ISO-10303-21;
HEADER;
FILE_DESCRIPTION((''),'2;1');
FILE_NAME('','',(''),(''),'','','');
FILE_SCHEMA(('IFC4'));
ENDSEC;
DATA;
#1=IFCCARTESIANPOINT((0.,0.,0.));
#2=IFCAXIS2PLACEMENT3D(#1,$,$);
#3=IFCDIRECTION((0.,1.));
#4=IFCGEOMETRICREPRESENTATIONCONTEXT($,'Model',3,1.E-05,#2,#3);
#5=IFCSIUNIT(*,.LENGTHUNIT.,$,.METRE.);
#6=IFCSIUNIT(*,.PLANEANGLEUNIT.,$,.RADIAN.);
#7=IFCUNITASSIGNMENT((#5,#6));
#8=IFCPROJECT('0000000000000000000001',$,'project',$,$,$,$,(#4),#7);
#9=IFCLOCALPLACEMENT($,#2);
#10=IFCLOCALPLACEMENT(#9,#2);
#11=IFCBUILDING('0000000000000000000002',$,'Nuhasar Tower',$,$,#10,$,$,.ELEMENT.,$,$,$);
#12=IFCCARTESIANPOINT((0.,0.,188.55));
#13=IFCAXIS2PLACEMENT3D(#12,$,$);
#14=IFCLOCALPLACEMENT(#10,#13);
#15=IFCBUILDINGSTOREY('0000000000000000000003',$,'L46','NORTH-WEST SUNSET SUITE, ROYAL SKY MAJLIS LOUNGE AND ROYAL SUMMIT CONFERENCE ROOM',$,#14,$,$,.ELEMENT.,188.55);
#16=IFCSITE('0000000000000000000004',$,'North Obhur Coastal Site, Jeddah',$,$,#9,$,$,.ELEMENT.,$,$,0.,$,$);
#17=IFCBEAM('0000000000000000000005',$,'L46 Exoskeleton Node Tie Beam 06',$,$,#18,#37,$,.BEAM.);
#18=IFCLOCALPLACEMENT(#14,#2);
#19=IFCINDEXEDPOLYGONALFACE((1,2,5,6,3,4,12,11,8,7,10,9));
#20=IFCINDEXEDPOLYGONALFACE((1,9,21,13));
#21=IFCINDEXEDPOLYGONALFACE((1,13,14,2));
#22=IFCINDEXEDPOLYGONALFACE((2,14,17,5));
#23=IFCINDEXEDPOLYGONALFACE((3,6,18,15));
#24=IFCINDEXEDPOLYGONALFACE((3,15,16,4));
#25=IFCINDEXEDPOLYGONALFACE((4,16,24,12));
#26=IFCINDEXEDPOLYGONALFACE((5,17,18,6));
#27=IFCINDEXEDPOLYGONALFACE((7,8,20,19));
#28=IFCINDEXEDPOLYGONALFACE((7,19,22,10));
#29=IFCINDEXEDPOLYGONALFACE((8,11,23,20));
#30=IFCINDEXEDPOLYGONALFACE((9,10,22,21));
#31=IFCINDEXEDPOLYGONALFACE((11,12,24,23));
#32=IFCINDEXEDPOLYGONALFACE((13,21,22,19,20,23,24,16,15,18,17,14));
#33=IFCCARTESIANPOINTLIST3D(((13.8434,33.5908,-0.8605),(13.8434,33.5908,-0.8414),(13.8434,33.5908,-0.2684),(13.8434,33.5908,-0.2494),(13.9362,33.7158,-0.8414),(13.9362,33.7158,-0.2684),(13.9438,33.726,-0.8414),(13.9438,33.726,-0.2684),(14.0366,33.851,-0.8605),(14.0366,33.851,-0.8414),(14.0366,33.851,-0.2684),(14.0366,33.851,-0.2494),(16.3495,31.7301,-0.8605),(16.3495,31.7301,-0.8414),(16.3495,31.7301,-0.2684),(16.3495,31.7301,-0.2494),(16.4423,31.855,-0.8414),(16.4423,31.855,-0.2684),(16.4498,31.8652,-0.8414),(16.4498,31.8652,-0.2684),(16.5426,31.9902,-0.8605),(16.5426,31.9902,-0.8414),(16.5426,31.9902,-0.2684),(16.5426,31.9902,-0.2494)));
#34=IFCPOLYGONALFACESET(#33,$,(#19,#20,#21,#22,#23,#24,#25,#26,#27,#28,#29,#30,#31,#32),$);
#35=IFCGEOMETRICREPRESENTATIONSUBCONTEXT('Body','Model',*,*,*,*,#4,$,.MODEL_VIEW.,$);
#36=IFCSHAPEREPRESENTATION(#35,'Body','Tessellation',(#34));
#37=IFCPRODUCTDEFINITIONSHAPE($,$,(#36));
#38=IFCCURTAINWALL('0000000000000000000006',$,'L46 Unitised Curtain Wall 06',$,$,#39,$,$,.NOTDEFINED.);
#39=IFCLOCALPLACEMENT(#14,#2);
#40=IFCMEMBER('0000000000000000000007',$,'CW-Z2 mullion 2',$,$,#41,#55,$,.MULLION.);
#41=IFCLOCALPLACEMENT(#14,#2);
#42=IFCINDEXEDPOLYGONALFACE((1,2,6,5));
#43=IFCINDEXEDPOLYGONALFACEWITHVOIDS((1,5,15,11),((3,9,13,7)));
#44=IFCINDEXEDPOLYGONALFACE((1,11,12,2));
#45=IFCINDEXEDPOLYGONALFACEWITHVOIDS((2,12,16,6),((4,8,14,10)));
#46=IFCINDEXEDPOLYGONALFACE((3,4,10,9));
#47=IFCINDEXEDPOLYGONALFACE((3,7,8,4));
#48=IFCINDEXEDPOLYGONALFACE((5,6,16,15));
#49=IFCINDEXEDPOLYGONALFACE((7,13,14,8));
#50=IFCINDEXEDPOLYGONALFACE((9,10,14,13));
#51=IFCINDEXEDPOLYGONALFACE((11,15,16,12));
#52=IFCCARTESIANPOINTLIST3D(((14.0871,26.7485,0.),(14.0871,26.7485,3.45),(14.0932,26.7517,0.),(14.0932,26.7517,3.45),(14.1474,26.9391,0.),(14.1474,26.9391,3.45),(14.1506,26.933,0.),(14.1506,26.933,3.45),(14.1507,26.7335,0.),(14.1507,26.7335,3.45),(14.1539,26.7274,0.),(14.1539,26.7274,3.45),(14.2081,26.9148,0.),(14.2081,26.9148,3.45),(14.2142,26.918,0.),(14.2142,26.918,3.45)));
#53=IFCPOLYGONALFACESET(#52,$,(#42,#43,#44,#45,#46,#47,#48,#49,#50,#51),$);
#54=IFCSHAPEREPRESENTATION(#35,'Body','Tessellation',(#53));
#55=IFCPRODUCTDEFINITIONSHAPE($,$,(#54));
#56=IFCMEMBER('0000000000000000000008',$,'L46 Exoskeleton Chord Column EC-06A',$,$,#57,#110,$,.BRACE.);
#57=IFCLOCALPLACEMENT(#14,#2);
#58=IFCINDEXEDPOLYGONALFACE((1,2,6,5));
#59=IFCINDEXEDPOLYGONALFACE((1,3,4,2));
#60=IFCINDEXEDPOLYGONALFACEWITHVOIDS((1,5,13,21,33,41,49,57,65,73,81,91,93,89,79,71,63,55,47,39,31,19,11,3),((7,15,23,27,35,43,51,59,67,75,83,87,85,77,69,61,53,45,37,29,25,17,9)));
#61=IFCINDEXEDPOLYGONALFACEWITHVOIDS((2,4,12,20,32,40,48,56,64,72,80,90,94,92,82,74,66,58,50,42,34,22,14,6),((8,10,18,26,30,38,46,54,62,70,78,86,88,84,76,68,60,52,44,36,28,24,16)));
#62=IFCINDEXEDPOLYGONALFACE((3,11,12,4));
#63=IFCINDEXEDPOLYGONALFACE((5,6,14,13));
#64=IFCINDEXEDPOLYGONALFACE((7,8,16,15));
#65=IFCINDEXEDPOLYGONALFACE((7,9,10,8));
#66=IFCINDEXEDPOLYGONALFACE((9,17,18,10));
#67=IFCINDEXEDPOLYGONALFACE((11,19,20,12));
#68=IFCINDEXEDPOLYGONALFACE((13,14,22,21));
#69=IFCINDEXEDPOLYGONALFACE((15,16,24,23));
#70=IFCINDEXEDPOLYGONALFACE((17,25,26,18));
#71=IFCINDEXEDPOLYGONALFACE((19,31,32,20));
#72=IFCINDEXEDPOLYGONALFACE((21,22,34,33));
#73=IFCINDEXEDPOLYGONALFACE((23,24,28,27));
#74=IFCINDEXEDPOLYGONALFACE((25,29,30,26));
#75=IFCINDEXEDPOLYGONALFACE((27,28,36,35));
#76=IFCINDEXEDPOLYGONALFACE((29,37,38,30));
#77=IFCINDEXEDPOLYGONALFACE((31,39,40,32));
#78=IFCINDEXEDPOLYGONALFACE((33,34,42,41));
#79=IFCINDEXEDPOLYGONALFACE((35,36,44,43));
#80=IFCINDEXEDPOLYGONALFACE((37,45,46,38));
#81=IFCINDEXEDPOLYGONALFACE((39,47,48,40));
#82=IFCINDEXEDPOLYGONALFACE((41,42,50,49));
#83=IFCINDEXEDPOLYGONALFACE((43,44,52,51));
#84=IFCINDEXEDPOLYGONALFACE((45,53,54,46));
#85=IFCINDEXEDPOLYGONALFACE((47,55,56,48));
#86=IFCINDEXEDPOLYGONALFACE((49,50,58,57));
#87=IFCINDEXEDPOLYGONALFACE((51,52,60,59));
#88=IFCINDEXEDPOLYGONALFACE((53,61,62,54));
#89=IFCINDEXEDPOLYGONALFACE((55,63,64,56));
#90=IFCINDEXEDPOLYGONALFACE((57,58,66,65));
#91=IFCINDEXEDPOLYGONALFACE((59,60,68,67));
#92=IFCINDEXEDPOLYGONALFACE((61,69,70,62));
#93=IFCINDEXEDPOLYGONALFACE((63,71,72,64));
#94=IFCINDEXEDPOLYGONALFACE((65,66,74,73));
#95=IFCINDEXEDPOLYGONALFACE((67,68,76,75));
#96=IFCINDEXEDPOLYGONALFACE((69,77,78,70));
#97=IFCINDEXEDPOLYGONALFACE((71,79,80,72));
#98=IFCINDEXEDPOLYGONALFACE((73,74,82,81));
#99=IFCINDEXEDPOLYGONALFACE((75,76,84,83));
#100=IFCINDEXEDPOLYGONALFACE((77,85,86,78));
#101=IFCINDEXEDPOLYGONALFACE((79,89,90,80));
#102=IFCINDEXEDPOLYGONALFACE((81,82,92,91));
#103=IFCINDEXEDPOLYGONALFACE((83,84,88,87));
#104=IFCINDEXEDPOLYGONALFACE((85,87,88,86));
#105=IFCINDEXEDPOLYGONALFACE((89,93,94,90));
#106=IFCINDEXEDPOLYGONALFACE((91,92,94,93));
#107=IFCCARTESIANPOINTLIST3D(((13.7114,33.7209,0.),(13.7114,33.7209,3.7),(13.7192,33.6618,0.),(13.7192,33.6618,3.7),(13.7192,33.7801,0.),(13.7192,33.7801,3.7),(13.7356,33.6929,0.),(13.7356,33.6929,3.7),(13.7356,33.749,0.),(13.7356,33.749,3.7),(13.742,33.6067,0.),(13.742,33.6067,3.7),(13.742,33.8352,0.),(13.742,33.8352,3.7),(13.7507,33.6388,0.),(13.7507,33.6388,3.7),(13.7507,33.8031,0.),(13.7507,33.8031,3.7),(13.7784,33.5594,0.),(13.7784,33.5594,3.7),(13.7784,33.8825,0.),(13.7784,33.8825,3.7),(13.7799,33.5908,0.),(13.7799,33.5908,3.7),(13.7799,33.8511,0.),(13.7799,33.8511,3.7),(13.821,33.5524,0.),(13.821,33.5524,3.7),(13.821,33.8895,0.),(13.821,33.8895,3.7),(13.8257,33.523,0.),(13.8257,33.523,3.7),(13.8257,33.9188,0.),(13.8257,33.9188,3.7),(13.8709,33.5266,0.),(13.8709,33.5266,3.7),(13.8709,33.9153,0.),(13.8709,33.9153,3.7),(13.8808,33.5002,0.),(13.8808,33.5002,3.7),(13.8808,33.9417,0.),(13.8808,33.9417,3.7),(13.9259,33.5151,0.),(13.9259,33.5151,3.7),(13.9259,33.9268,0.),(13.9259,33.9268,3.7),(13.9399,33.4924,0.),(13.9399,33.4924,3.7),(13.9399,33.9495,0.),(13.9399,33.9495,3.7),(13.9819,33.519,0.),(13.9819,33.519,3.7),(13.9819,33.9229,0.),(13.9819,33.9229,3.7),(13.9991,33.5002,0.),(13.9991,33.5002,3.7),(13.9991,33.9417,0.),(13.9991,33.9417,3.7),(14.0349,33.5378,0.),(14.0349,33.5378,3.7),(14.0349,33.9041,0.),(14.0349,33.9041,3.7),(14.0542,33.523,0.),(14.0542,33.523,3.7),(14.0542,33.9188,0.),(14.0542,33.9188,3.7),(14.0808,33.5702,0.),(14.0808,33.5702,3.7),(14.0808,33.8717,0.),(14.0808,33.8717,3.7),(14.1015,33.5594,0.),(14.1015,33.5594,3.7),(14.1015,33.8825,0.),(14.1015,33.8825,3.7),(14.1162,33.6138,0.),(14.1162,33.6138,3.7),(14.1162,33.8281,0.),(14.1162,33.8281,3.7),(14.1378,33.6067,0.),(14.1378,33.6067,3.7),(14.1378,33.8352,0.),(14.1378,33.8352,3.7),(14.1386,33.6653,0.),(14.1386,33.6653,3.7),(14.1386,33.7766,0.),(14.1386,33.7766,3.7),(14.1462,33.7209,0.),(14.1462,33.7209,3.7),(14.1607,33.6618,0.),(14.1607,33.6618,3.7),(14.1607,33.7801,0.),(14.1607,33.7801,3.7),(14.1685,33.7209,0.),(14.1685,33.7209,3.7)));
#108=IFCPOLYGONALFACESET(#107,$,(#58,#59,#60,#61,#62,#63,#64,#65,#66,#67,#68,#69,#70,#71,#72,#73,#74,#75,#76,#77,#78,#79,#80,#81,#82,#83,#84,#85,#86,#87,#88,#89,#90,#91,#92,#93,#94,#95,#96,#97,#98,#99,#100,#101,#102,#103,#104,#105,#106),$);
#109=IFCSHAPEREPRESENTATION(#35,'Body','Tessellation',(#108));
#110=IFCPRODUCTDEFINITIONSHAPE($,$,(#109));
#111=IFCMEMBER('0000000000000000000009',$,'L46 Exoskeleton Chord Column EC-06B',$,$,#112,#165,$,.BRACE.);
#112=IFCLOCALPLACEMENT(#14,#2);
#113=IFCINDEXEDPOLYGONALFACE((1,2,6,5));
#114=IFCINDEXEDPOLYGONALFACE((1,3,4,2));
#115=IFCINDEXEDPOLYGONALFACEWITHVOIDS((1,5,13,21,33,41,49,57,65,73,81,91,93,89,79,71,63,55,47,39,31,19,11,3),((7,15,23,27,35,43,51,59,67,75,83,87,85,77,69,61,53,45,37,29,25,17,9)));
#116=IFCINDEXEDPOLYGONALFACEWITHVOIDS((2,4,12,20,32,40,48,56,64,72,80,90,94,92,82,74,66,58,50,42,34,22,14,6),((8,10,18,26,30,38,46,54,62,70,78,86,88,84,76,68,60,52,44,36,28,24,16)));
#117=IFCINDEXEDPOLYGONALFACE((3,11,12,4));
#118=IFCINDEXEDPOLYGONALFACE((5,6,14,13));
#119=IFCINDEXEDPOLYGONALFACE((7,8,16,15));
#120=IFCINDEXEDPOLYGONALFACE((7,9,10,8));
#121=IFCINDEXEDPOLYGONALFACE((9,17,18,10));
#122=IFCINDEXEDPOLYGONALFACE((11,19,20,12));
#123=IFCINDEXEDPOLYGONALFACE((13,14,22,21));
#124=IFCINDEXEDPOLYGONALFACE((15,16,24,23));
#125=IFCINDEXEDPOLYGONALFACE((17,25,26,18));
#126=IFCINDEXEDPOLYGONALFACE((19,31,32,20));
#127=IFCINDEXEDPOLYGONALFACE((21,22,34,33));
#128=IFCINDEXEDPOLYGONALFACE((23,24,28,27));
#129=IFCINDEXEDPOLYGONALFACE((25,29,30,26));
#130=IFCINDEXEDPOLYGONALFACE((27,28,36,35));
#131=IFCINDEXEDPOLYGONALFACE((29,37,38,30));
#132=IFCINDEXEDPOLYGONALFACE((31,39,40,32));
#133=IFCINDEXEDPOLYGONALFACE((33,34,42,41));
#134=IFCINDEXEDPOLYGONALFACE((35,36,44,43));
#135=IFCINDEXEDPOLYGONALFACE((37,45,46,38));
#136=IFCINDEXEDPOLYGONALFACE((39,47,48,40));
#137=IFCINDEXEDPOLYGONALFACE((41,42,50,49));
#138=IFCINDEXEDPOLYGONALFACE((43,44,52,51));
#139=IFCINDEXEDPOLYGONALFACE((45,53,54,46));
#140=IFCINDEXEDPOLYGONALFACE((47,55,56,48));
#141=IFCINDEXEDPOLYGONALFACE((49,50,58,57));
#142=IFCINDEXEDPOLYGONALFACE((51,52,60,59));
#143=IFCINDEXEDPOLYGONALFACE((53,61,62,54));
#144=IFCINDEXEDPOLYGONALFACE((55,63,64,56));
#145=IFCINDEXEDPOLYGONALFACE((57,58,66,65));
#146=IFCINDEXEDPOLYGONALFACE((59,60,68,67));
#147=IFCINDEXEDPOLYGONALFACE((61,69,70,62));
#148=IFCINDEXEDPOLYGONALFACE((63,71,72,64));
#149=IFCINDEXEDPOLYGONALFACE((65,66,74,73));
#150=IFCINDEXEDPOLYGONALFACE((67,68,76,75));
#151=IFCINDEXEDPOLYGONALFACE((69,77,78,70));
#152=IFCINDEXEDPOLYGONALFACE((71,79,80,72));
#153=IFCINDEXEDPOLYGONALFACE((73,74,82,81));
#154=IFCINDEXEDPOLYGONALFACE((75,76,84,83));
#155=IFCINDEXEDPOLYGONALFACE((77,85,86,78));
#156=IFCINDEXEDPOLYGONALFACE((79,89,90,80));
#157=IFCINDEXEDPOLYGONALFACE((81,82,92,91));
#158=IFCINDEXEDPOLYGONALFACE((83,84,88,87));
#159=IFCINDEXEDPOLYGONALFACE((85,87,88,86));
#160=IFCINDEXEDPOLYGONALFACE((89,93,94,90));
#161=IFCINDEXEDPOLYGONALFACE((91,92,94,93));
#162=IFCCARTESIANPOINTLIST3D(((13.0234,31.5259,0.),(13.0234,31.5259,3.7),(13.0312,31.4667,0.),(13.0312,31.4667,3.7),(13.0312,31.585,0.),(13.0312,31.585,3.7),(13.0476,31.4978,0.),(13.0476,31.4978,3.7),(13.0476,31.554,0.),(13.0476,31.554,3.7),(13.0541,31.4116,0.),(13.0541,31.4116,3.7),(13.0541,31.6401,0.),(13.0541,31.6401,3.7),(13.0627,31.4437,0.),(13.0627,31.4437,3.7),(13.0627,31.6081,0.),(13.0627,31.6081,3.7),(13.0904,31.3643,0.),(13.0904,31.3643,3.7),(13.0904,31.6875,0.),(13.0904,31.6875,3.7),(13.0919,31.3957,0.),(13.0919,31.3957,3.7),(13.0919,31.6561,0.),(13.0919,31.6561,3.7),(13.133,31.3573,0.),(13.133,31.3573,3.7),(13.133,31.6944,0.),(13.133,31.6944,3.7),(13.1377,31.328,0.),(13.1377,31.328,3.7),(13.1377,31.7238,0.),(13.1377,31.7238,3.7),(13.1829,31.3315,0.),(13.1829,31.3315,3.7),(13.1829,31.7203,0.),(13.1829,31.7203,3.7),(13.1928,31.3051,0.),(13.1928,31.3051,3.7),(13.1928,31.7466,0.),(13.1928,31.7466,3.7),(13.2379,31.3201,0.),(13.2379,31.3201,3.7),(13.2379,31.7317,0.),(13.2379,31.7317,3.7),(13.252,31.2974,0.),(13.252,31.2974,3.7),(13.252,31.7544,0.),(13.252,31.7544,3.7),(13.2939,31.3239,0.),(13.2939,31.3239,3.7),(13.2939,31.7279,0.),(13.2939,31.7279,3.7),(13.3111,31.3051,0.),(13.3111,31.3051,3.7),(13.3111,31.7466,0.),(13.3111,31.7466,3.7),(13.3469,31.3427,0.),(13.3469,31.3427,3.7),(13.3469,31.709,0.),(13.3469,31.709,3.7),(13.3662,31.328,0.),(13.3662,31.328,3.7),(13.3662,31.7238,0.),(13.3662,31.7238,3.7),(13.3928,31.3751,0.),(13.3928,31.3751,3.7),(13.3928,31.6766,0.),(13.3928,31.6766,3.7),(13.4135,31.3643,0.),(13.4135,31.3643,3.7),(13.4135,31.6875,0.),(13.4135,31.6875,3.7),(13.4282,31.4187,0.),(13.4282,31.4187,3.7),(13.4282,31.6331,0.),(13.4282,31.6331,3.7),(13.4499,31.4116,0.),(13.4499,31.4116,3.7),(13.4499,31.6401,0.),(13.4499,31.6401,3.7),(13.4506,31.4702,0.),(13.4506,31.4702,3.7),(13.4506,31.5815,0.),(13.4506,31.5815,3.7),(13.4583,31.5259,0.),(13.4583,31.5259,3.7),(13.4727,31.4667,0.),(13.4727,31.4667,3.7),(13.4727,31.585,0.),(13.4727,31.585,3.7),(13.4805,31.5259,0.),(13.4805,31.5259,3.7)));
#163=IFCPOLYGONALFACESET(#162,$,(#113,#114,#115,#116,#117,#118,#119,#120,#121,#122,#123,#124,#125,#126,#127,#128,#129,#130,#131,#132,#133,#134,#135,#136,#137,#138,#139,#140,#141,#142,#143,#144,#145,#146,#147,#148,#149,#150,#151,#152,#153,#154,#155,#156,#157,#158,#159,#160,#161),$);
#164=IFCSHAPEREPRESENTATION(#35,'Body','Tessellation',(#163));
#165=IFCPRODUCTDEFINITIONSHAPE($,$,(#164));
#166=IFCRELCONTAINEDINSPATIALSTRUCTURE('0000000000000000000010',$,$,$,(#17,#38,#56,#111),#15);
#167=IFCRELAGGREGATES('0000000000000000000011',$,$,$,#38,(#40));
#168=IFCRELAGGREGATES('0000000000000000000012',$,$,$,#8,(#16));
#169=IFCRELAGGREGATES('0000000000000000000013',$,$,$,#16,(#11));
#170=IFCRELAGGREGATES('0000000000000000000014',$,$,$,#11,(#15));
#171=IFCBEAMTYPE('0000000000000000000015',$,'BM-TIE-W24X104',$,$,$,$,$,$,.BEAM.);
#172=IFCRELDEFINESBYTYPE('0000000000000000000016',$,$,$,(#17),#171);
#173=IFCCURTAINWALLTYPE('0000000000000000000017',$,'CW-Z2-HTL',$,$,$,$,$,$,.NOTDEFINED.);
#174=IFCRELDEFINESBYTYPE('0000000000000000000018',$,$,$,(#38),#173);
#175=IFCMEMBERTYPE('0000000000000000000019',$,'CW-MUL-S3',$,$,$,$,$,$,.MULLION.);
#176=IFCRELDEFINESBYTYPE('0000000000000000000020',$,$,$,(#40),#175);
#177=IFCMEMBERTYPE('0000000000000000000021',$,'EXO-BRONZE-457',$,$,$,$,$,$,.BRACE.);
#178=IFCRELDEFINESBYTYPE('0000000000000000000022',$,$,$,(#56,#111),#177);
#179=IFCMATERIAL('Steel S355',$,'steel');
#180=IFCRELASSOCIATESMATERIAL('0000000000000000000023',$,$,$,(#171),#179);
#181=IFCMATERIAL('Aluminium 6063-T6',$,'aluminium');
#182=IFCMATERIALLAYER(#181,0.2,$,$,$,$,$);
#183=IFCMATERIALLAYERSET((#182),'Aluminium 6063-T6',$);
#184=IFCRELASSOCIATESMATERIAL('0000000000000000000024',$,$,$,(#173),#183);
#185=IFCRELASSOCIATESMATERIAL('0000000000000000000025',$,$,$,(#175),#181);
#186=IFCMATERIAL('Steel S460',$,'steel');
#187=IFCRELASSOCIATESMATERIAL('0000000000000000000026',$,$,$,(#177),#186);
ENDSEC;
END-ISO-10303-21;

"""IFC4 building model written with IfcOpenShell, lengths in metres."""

from ifc_helpers import new_model, si_unit, direction, frame, origin, origin_2d, place, context, subcontext, project, spatial, hollow_rectangle, hollow_circle, i_section, extrude, material, layer, layer_set, material_profile, profile_set, type_object, element, aggregate, save


model = new_model("IFC4")

# Units and contexts
model_context = context("Model", 3, precision=1e-05, world=origin(), true_north=direction((0.0, 1.0)))
body_context = subcontext(model_context, "Body", "Model", "MODEL_VIEW")
ifc_project = project(units=[si_unit("LENGTHUNIT", "METRE"), si_unit("PLANEANGLEUNIT", "RADIAN")], contexts=[model_context])

# Site, building, storey
site_placement = place(None, origin())
site = spatial("IfcSite", under=ifc_project, at=site_placement, Name="North Obhur Coastal Site, Jeddah", CompositionType="ELEMENT", RefElevation=0.0)
building_placement = place(site_placement, origin())
building = spatial("IfcBuilding", under=site, at=building_placement, Name="Nuhasar Tower", CompositionType="ELEMENT")
storey_placement = place(building_placement, frame((0.0, 0.0, 188.55)))
storey = spatial("IfcBuildingStorey", under=building, at=storey_placement, Name="L46", Description="NORTH-WEST SUNSET SUITE, ROYAL SKY MAJLIS LOUNGE AND ROYAL SUMMIT CONFERENCE ROOM", CompositionType="ELEMENT", Elevation=188.55)

# Beam
ifc_material_1 = material(Name="Steel S355", Category="steel")
ifc_material_profile_1 = material_profile(ifc_material_1, i_section(OverallWidth=0.324, OverallDepth=0.6111, WebThickness=0.0127, FlangeThickness=0.019, at=origin_2d()), Name="W24X104")
ifc_profile_set_1 = profile_set([ifc_material_profile_1], Name="Steel S355")
beam_type_1 = type_object("IfcBeamType", Name="BM-TIE-W24X104", PredefinedType="BEAM", material=ifc_profile_set_1)
beam_1_placement = place(storey_placement, frame((16.446, 31.8601, -0.5549), z_axis=(-0.802872, 0.596151, 0.0), x_axis=(-0.596151, -0.802872, 0.0)))
element("IfcBeam", 1, at=beam_1_placement, inside=storey, type_object=beam_type_1, Name="L46 Exoskeleton Node Tie Beam 06", PredefinedType="BEAM", context=body_context, shape_type="SweptSolid", body=[
    extrude(i_section(OverallWidth=0.324, OverallDepth=0.6111, WebThickness=0.0127, FlangeThickness=0.019, at=origin_2d()), origin(), (0.0, 0.0, 1.0), 3.1213),
])

# Curtain wall, member
ifc_material_2 = material(Name="Aluminium 6063-T6", Category="aluminium")
ifc_layer_1 = layer(ifc_material_2, 0.2)
ifc_layer_set_1 = layer_set([ifc_layer_1], Name="Aluminium 6063-T6")
curtain_wall_type = type_object("IfcCurtainWallType", Name="CW-Z2-HTL", PredefinedType="NOTDEFINED", material=ifc_layer_set_1)
curtain_wall_placement = place(storey_placement, origin())
curtain_wall = element("IfcCurtainWall", 2, at=curtain_wall_placement, inside=storey, type_object=curtain_wall_type, Name="L46 Unitised Curtain Wall 06", PredefinedType="NOTDEFINED")
ifc_material_profile_2 = material_profile(ifc_material_2, hollow_rectangle(XDim=0.0701, YDim=0.2, WallThickness=0.0049, at=origin_2d()), Name="CWM-3")
ifc_profile_set_2 = profile_set([ifc_material_profile_2], Name="Aluminium 6063-T6")
member_type_1 = type_object("IfcMemberType", Name="CW-MUL-S3", PredefinedType="MULLION", material=ifc_profile_set_2)
member_1_placement = place(storey_placement, frame((14.1506, 26.8333, 0.0), z_axis=(0.0, 0.0, 1.0), x_axis=(0.953433, -0.301604, 0.0)))
member_1 = element("IfcMember", 3, at=member_1_placement, type_object=member_type_1, Name="CW-Z2 mullion 2", PredefinedType="MULLION", context=body_context, shape_type="SweptSolid", body=[
    extrude(hollow_rectangle(XDim=0.0701, YDim=0.2, WallThickness=0.0049, at=origin_2d()), origin(), (0.0, 0.0, 1.0), 3.45),
])

# Members
ifc_material_3 = material(Name="Steel S460", Category="steel")
ifc_material_profile_3 = material_profile(ifc_material_3, hollow_circle(Radius=0.2285, WallThickness=0.0222, at=origin_2d()), Name="HSS457X22.2")
ifc_profile_set_3 = profile_set([ifc_material_profile_3], Name="Steel S460")
member_type_2 = type_object("IfcMemberType", Name="EXO-BRONZE-457", PredefinedType="BRACE", material=ifc_profile_set_3)
for number, where, z_axis, x_axis, name in (
    (4, (13.9399, 33.7209, 0.0), (0.0, 0.0, 1.0), (1.0, 0.0, 0.0), "L46 Exoskeleton Chord Column EC-06A"),
    (5, (13.252, 31.5259, 0.0), (0.0, 0.0, 1.0), (1.0, 0.0, 0.0), "L46 Exoskeleton Chord Column EC-06B"),
):
    element("IfcMember", number, at=place(storey_placement, frame(where, z_axis=z_axis, x_axis=x_axis)), inside=storey, type_object=member_type_2, Name=name, PredefinedType="BRACE", context=body_context, shape_type="SweptSolid", body=[
        extrude(hollow_circle(Radius=0.2285, WallThickness=0.0222, at=origin_2d()), origin(), (0.0, 0.0, 1.0), 3.7),
    ])

aggregate(curtain_wall, [member_1])

save(model, "model.ifc")
